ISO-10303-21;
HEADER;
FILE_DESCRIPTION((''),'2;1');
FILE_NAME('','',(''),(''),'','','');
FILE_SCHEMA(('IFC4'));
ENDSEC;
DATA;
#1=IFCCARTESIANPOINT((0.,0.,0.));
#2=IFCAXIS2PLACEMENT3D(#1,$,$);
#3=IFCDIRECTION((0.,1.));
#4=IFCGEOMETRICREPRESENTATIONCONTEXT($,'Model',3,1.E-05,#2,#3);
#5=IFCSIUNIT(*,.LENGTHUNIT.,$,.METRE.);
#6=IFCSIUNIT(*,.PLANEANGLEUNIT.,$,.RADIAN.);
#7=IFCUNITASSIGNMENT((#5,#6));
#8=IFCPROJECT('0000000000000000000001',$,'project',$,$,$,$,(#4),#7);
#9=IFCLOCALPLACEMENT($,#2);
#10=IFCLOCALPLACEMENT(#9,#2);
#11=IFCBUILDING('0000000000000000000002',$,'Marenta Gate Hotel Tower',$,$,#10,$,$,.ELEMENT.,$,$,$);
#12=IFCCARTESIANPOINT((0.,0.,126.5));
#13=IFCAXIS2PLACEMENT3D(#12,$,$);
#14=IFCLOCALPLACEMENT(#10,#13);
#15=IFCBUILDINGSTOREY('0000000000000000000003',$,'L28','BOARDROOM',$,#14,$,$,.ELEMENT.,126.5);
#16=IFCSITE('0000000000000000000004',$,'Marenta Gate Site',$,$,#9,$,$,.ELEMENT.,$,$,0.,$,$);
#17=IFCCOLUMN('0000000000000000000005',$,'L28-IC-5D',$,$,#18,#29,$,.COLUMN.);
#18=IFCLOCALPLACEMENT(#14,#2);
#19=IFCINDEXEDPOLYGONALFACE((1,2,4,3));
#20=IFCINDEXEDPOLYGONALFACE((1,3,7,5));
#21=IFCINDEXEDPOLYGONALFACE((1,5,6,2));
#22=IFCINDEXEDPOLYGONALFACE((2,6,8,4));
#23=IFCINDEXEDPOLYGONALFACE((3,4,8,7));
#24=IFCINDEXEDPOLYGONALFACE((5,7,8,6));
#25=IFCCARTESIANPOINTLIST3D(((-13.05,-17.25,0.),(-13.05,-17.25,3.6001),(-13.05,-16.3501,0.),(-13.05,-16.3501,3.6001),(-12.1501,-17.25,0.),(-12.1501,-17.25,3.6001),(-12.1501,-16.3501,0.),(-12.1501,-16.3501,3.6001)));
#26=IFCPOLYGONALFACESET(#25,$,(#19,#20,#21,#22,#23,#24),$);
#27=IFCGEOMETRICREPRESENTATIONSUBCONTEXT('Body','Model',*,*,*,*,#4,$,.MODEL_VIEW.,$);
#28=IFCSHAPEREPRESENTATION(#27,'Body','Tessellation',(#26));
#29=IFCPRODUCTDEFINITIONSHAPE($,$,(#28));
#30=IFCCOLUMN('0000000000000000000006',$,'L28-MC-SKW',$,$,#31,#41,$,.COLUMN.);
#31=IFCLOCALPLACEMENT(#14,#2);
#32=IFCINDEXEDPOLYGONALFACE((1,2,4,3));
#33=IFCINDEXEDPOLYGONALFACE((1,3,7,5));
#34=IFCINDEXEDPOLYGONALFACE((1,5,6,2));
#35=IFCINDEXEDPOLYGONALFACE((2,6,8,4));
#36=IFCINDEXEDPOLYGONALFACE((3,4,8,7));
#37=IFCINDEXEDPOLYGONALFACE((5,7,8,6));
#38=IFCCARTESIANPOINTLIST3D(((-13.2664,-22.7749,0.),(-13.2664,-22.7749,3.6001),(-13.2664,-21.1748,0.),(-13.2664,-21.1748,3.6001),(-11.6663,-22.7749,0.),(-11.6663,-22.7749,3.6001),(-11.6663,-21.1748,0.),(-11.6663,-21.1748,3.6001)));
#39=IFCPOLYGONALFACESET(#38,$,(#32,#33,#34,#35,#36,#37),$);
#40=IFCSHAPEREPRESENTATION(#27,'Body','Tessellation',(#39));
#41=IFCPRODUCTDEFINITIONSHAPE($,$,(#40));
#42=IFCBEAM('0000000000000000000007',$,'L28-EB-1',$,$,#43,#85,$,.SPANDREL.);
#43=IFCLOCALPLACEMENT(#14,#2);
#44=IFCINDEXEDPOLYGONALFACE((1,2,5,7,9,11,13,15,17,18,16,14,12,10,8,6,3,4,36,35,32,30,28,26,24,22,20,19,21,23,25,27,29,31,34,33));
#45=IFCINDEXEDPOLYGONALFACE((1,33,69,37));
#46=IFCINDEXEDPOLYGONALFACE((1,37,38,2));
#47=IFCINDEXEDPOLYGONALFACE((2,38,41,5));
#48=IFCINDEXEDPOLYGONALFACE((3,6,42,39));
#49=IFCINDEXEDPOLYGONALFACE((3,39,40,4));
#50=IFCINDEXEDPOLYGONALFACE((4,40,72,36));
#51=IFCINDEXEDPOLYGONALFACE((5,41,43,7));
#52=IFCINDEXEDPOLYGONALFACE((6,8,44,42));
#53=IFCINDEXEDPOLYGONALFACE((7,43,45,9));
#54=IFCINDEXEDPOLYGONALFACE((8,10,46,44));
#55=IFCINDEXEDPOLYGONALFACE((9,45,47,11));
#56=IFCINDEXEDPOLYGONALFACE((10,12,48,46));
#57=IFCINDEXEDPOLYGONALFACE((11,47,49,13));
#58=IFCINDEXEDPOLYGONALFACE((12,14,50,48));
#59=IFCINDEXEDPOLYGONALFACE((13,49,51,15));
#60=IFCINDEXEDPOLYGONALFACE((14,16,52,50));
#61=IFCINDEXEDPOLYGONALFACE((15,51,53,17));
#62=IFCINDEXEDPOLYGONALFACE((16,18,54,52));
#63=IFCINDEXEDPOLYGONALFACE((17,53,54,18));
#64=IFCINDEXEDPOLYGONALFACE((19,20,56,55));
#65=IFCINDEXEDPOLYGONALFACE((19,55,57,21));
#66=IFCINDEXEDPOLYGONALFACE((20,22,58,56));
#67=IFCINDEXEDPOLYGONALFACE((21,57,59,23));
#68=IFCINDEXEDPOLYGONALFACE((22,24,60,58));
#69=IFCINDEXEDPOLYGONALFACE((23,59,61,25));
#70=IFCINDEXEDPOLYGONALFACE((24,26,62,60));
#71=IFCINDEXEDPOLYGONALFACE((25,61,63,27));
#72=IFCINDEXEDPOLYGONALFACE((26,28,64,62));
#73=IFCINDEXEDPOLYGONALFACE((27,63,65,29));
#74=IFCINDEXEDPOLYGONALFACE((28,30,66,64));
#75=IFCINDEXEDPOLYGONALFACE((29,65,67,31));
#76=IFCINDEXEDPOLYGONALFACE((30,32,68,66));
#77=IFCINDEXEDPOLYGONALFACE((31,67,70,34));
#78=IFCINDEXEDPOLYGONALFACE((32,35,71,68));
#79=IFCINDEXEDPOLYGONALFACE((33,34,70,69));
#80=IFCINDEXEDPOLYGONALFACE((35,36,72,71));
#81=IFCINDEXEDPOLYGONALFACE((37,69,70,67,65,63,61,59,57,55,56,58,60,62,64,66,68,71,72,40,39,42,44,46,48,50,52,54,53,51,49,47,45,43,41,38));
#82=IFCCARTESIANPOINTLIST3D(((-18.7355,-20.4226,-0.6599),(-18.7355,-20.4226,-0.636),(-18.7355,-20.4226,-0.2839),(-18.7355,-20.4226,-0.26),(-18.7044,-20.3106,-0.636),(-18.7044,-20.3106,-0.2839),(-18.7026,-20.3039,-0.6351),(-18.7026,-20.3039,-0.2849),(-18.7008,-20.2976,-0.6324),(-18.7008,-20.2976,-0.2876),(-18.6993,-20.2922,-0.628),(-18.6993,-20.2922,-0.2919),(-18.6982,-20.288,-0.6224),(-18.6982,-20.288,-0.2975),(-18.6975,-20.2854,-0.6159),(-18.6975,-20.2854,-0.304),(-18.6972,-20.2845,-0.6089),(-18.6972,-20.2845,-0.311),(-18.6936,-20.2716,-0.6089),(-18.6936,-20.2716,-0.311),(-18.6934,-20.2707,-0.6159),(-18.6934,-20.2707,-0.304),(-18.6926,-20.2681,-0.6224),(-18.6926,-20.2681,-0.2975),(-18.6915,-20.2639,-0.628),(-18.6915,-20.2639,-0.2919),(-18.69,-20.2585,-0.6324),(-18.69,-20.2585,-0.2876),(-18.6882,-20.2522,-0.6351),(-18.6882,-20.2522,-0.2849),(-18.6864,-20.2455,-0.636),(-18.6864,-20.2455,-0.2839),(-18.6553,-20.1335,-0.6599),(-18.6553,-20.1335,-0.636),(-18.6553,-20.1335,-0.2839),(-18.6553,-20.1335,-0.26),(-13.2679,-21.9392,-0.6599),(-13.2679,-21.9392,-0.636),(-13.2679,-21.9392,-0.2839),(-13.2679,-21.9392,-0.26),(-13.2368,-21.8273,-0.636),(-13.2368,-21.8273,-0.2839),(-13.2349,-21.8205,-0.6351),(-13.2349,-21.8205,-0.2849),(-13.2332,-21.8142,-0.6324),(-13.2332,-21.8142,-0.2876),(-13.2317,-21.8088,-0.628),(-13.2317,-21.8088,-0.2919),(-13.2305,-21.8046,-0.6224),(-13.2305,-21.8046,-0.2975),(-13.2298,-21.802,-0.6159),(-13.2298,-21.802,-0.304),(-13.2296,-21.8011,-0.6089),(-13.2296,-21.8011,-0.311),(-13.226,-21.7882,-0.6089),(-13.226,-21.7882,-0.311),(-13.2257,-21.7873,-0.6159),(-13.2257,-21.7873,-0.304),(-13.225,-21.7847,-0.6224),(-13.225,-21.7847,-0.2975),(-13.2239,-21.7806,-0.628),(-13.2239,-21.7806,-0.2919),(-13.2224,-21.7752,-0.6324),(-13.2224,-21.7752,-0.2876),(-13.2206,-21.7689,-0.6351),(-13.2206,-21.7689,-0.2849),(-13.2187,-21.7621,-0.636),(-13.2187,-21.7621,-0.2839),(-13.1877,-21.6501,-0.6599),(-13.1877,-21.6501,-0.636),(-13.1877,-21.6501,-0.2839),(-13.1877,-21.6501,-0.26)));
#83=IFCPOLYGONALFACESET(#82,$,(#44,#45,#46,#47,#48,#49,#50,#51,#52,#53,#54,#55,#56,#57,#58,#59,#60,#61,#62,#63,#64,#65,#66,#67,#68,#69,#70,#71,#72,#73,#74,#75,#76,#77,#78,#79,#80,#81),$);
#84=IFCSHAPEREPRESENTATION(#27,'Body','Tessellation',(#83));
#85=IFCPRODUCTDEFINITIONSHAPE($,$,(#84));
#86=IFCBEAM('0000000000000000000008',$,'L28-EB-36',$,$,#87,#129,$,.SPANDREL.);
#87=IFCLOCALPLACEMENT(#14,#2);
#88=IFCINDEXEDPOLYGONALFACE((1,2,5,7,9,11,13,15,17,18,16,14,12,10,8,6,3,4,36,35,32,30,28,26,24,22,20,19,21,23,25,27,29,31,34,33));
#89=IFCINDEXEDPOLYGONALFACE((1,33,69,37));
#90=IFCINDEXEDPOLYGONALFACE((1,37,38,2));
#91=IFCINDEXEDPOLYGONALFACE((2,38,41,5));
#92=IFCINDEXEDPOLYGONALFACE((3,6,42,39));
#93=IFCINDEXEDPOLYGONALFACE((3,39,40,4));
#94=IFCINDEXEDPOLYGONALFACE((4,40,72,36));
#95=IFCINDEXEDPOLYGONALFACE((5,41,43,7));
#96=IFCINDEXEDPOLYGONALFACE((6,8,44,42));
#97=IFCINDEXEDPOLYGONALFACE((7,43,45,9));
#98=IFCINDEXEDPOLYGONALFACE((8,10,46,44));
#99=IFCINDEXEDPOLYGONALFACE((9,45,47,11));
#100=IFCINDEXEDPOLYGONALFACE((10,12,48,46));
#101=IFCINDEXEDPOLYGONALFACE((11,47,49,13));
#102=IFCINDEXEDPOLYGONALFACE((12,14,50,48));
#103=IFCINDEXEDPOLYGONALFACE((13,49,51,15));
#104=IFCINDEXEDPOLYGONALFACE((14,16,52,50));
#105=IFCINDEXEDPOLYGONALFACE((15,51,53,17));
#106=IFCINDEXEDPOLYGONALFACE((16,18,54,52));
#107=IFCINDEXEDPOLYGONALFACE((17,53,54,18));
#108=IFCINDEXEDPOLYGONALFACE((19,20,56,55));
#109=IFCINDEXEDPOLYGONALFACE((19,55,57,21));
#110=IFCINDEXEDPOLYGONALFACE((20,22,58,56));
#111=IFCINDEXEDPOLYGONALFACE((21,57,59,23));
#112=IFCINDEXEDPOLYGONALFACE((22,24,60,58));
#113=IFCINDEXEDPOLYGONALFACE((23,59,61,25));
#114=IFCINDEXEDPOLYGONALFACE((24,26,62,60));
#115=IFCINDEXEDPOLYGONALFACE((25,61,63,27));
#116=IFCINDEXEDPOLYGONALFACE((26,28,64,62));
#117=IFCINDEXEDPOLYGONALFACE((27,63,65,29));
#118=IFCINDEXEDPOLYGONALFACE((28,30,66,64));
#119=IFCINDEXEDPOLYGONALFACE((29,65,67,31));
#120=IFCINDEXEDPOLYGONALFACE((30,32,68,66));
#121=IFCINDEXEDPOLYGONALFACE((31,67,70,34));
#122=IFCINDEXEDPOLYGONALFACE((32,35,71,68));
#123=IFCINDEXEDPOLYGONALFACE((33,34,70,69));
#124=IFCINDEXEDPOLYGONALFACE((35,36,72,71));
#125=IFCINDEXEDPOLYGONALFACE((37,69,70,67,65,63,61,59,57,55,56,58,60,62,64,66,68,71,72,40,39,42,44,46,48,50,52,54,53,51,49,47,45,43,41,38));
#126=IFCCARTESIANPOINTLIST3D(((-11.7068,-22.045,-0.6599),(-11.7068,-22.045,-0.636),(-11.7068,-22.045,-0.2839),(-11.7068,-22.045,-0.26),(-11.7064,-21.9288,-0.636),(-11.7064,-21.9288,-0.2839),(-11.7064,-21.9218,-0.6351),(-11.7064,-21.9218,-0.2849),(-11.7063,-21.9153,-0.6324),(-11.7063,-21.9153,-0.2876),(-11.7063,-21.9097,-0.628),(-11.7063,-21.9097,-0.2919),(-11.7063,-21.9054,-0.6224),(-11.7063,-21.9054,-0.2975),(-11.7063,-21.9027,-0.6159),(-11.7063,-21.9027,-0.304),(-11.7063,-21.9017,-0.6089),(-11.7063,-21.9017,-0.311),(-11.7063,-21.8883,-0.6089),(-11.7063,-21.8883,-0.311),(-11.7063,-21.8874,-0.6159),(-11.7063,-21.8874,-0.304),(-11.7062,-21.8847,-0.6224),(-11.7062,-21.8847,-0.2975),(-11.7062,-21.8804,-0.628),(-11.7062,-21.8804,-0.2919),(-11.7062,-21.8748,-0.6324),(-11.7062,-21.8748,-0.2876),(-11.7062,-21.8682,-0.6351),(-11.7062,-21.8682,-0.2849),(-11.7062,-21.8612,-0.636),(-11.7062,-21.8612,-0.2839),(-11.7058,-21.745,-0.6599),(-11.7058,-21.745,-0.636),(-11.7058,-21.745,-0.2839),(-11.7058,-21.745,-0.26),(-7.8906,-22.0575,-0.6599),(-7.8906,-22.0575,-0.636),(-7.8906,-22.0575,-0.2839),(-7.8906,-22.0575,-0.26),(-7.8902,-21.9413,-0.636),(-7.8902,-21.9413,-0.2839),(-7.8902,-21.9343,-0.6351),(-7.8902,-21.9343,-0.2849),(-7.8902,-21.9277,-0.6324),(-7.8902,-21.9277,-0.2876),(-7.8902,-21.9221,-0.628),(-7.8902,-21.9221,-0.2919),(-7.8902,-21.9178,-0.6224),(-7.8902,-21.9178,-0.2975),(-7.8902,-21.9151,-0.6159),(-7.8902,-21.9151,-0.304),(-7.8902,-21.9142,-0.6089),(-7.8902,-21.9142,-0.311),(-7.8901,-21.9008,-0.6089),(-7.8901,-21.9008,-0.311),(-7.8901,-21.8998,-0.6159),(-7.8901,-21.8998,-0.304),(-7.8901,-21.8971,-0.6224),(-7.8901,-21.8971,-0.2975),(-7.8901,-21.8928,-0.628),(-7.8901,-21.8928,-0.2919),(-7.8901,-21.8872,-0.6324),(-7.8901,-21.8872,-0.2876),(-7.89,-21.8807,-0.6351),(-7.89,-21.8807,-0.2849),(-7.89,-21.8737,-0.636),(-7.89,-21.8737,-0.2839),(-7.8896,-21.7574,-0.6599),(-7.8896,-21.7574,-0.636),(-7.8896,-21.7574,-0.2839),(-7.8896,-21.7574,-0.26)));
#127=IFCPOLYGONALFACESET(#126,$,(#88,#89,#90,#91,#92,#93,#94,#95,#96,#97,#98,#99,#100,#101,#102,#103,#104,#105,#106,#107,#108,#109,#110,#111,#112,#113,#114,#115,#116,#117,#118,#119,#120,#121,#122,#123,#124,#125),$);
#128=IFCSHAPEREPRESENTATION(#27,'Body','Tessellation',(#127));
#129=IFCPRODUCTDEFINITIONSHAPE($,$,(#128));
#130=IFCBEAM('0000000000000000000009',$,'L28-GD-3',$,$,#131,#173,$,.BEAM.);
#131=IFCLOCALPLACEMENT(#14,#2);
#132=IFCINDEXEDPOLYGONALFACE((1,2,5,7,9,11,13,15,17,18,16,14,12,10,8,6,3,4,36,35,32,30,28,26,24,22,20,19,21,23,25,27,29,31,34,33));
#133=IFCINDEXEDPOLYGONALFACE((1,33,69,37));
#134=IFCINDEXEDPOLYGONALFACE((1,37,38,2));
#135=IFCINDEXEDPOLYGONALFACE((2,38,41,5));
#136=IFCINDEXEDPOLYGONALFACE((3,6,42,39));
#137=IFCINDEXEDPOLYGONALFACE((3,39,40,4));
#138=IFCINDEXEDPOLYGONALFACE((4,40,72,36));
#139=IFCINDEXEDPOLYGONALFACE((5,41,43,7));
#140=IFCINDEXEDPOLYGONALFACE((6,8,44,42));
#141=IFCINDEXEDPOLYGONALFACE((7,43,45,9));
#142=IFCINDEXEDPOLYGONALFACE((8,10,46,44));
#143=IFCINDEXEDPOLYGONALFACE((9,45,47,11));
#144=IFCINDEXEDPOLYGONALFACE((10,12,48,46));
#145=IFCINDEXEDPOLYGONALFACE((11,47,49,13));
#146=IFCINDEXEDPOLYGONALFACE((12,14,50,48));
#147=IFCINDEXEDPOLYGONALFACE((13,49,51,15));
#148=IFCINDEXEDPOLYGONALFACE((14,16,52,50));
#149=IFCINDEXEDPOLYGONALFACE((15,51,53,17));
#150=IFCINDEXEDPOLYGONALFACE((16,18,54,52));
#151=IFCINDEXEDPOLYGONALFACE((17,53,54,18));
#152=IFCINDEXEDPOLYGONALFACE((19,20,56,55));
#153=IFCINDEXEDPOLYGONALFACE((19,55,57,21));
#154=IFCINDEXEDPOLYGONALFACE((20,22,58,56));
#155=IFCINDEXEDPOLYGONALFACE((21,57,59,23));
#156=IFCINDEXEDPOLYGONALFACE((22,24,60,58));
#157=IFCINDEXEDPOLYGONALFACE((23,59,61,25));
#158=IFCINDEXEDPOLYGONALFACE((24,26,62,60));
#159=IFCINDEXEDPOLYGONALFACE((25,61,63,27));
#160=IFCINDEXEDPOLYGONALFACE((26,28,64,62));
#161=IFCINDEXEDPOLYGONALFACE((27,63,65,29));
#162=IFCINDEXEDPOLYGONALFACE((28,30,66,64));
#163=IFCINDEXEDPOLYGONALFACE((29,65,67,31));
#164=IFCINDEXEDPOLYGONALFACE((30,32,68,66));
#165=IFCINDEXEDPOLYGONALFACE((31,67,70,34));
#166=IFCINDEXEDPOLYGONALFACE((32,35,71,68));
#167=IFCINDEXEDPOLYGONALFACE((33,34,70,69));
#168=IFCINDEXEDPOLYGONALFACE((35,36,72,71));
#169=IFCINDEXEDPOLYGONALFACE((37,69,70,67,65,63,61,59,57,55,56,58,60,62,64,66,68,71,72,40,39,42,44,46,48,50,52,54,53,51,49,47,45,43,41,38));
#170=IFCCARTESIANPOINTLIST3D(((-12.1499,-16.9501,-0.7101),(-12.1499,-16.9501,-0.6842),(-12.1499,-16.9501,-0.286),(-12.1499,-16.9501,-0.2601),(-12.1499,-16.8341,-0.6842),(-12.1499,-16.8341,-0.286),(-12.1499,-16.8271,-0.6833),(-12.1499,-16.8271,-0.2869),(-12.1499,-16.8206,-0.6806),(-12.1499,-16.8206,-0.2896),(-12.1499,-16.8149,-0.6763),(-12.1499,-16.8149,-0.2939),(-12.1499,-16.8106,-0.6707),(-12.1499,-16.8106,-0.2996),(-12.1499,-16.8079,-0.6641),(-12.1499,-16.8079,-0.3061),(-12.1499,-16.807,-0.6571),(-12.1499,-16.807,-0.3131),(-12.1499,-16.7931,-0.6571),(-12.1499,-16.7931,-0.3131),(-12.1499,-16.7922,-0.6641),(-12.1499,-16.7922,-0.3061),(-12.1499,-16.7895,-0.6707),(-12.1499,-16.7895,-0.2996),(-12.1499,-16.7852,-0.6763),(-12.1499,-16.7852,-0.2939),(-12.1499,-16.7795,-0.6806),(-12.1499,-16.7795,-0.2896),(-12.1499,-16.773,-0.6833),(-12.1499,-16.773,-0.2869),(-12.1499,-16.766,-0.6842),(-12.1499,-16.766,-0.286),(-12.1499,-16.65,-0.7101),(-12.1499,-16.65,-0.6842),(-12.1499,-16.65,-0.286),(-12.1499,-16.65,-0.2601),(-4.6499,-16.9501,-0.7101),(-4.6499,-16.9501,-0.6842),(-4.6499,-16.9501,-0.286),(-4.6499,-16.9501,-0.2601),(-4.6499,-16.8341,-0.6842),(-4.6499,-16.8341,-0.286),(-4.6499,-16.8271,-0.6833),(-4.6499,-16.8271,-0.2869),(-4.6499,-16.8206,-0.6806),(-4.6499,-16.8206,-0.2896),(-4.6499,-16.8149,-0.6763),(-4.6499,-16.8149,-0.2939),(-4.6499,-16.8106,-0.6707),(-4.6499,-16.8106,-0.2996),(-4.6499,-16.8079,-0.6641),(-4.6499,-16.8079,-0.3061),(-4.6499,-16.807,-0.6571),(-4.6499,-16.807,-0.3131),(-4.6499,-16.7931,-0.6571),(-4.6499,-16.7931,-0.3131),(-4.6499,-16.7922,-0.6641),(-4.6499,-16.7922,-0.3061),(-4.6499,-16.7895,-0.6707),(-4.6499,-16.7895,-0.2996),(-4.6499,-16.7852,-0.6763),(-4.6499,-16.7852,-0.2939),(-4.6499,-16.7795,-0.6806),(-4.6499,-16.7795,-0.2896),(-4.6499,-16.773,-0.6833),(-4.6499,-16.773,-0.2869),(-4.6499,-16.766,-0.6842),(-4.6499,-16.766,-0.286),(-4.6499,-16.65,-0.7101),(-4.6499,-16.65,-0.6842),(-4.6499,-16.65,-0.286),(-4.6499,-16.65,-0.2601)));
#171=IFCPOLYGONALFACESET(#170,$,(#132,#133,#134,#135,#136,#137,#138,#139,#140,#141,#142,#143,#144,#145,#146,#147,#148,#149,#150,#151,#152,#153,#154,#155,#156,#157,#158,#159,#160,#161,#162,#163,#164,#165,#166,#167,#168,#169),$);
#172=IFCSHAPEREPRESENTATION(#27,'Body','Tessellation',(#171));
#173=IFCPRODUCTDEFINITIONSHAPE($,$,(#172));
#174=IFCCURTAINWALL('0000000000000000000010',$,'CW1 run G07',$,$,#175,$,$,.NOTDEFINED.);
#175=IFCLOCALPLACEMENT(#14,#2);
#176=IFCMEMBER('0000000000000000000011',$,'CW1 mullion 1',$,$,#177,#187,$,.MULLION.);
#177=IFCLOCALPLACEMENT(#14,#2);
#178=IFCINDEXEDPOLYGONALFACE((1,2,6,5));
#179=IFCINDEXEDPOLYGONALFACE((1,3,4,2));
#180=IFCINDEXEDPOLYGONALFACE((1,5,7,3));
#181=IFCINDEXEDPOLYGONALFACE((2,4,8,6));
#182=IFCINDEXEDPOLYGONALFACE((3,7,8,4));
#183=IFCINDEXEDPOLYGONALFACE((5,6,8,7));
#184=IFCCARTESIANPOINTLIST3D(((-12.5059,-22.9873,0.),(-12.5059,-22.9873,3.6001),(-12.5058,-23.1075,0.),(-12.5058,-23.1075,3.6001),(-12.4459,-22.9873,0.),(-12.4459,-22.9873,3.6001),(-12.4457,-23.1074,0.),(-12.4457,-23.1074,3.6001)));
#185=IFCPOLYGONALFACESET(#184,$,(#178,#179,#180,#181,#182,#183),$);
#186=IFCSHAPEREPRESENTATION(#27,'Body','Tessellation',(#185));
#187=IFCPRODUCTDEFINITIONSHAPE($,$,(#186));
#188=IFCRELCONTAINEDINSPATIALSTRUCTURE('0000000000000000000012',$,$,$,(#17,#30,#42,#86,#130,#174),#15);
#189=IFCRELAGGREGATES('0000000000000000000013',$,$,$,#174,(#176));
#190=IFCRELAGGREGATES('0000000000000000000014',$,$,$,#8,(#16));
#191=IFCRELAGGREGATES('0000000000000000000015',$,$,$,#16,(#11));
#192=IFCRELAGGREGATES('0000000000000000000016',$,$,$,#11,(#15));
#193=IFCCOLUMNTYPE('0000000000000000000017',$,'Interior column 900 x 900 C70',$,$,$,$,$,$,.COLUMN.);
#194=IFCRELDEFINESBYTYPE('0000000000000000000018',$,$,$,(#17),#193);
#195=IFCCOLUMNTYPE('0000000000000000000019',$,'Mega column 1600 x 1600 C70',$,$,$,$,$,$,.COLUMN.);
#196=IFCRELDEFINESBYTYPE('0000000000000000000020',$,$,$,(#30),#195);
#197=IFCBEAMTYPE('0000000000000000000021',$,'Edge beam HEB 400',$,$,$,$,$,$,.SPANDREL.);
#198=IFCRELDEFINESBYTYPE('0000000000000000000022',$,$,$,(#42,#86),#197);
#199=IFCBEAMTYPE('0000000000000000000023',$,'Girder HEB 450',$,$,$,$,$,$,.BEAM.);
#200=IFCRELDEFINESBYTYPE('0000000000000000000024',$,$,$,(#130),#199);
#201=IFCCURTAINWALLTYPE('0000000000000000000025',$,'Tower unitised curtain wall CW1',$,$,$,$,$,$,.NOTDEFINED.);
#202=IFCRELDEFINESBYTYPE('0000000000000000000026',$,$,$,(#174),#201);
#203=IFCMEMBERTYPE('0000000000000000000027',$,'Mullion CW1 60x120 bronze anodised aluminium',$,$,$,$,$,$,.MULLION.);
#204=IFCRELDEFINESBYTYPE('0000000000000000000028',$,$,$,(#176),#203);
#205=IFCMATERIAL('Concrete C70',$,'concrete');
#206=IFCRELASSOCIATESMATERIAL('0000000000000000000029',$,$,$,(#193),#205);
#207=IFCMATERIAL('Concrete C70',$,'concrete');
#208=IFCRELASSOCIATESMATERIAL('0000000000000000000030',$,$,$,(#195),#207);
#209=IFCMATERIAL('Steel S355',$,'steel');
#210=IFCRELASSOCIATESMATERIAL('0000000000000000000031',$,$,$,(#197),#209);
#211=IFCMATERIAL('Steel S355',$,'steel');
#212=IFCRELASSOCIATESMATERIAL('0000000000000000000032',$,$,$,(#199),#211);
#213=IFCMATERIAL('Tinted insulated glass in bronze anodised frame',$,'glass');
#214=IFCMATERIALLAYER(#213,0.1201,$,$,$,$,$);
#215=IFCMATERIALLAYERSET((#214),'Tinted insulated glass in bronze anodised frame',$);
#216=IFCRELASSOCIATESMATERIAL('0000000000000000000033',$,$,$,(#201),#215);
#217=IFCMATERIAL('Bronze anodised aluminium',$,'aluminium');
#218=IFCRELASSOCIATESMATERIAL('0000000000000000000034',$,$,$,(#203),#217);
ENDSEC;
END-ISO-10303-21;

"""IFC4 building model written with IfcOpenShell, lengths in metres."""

from ifc_helpers import new_model, si_unit, direction, frame, origin, origin_2d, place, context, subcontext, project, spatial, rectangle, i_section, extrude, material, layer, layer_set, material_profile, profile_set, type_object, element, aggregate, save


model = new_model("IFC4")

# Units and contexts
model_context = context("Model", 3, precision=1e-05, world=origin(), true_north=direction((0.0, 1.0)))
body_context = subcontext(model_context, "Body", "Model", "MODEL_VIEW")
ifc_project = project(units=[si_unit("LENGTHUNIT", "METRE"), si_unit("PLANEANGLEUNIT", "RADIAN")], contexts=[model_context])

# Site, building, storey
site_placement = place(None, origin())
site = spatial("IfcSite", under=ifc_project, at=site_placement, Name="Marenta Gate Site", CompositionType="ELEMENT", RefElevation=0.0)
building_placement = place(site_placement, origin())
building = spatial("IfcBuilding", under=site, at=building_placement, Name="Marenta Gate Hotel Tower", CompositionType="ELEMENT")
storey_placement = place(building_placement, frame((0.0, 0.0, 126.5)))
storey = spatial("IfcBuildingStorey", under=building, at=storey_placement, Name="L28", Description="BOARDROOM", CompositionType="ELEMENT", Elevation=126.5)

# Columns
ifc_material_1 = material(Name="Concrete C70", Category="concrete")
ifc_material_profile_1 = material_profile(ifc_material_1, rectangle(XDim=0.8999, YDim=0.8999, at=origin_2d()), Name="900 x 900")
ifc_profile_set_1 = profile_set([ifc_material_profile_1], Name="Concrete C70")
column_type_1 = type_object("IfcColumnType", Name="Interior column 900 x 900 C70", PredefinedType="COLUMN", material=ifc_profile_set_1)
column_1_placement = place(storey_placement, frame((-12.6001, -16.8, 0.0), z_axis=(0.0, 0.0, 1.0), x_axis=(1.0, 0.0, 0.0)))
element("IfcColumn", 1, at=column_1_placement, inside=storey, type_object=column_type_1, Name="L28-IC-5D", PredefinedType="COLUMN", context=body_context, shape_type="SweptSolid", body=[
    extrude(rectangle(XDim=0.8999, YDim=0.8999, at=origin_2d()), origin(), (0.0, 0.0, 1.0), 3.6001),
])
ifc_material_2 = material(Name="Concrete C70", Category="concrete")
ifc_material_profile_2 = material_profile(ifc_material_2, rectangle(XDim=1.6001, YDim=1.6001, at=origin_2d()), Name="1600 x 1600")
ifc_profile_set_2 = profile_set([ifc_material_profile_2], Name="Concrete C70")
column_type_2 = type_object("IfcColumnType", Name="Mega column 1600 x 1600 C70", PredefinedType="COLUMN", material=ifc_profile_set_2)
column_2_placement = place(storey_placement, frame((-12.4663, -21.9749, 0.0), z_axis=(0.0, 0.0, 1.0), x_axis=(1.0, 0.0, 0.0)))
element("IfcColumn", 2, at=column_2_placement, inside=storey, type_object=column_type_2, Name="L28-MC-SKW", PredefinedType="COLUMN", context=body_context, shape_type="SweptSolid", body=[
    extrude(rectangle(XDim=1.6001, YDim=1.6001, at=origin_2d()), origin(), (0.0, 0.0, 1.0), 3.6001),
])

# Beams
ifc_material_3 = material(Name="Steel S355", Category="steel")
ifc_material_profile_3 = material_profile(ifc_material_3, i_section(OverallWidth=0.3, OverallDepth=0.3999, WebThickness=0.0134, FlangeThickness=0.0239, FilletRadius=0.0271, at=origin_2d()), Name="HEB 400")
ifc_profile_set_3 = profile_set([ifc_material_profile_3], Name="Steel S355")
beam_type_1 = type_object("IfcBeamType", Name="Edge beam HEB 400", PredefinedType="SPANDREL", material=ifc_profile_set_3)
beam_1_placement = place(storey_placement, frame((-13.2278, -21.7947, -0.46), z_axis=(-0.963616, 0.267291, 0.0), x_axis=(-0.267291, -0.963616, 0.0)))
element("IfcBeam", 3, at=beam_1_placement, inside=storey, type_object=beam_type_1, Name="L28-EB-1", PredefinedType="SPANDREL", context=body_context, shape_type="SweptSolid", body=[
    extrude(i_section(OverallWidth=0.3, OverallDepth=0.3999, WebThickness=0.0134, FlangeThickness=0.0239, FilletRadius=0.0271, at=origin_2d()), origin(), (0.0, 0.0, 1.0), 5.6741),
])
beam_2_placement = place(storey_placement, frame((-7.8901, -21.9075, -0.46), z_axis=(-0.999995, 0.003263, 0.0), x_axis=(-0.003263, -0.999995, 0.0)))
element("IfcBeam", 4, at=beam_2_placement, inside=storey, type_object=beam_type_1, Name="L28-EB-36", PredefinedType="SPANDREL", context=body_context, shape_type="SweptSolid", body=[
    extrude(i_section(OverallWidth=0.3, OverallDepth=0.3999, WebThickness=0.0134, FlangeThickness=0.0239, FilletRadius=0.0271, at=origin_2d()), origin(), (0.0, 0.0, 1.0), 3.8162),
])
ifc_material_4 = material(Name="Steel S355", Category="steel")
ifc_material_profile_4 = material_profile(ifc_material_4, i_section(OverallWidth=0.3, OverallDepth=0.45, WebThickness=0.0139, FlangeThickness=0.0259, FilletRadius=0.0271, at=origin_2d()), Name="HEB 450")
ifc_profile_set_4 = profile_set([ifc_material_profile_4], Name="Steel S355")
beam_type_2 = type_object("IfcBeamType", Name="Girder HEB 450", PredefinedType="BEAM", material=ifc_profile_set_4)
beam_3_placement = place(storey_placement, frame((-12.1499, -16.8, -0.4851), z_axis=(1.0, 0.0, 0.0), x_axis=(0.0, 1.0, 0.0)))
element("IfcBeam", 5, at=beam_3_placement, inside=storey, type_object=beam_type_2, Name="L28-GD-3", PredefinedType="BEAM", context=body_context, shape_type="SweptSolid", body=[
    extrude(i_section(OverallWidth=0.3, OverallDepth=0.45, WebThickness=0.0139, FlangeThickness=0.0259, FilletRadius=0.0271, at=origin_2d()), origin(), (0.0, 0.0, 1.0), 7.5),
])

# Curtain wall, member
ifc_material_5 = material(Name="Tinted insulated glass in bronze anodised frame", Category="glass")
ifc_layer_1 = layer(ifc_material_5, 0.1201)
ifc_layer_set_1 = layer_set([ifc_layer_1], Name="Tinted insulated glass in bronze anodised frame")
curtain_wall_type = type_object("IfcCurtainWallType", Name="Tower unitised curtain wall CW1", PredefinedType="NOTDEFINED", material=ifc_layer_set_1)
curtain_wall_placement = place(storey_placement, origin())
curtain_wall = element("IfcCurtainWall", 6, at=curtain_wall_placement, inside=storey, type_object=curtain_wall_type, Name="CW1 run G07", PredefinedType="NOTDEFINED")
ifc_material_6 = material(Name="Bronze anodised aluminium", Category="aluminium")
ifc_material_profile_5 = material_profile(ifc_material_6, rectangle(XDim=0.1201, YDim=0.0601, at=origin_2d()), Name="Mullion CW1 60x120 bronze anodised aluminium")
ifc_profile_set_5 = profile_set([ifc_material_profile_5], Name="Bronze anodised aluminium")
member_type_1 = type_object("IfcMemberType", Name="Mullion CW1 60x120 bronze anodised aluminium", PredefinedType="MULLION", material=ifc_profile_set_5)
member_1_placement = place(storey_placement, frame((-12.4758, -23.0474, 0.0), z_axis=(0.0, 0.0, 1.0), x_axis=(-0.001362, 0.999999, 0.0)))
member_1 = element("IfcMember", 7, at=member_1_placement, type_object=member_type_1, Name="CW1 mullion 1", PredefinedType="MULLION", context=body_context, shape_type="SweptSolid", body=[
    extrude(rectangle(XDim=0.1201, YDim=0.0601, at=origin_2d()), origin(), (0.0, 0.0, 1.0), 3.6001),
])
aggregate(curtain_wall, [member_1])

save(model, "model.ifc")
